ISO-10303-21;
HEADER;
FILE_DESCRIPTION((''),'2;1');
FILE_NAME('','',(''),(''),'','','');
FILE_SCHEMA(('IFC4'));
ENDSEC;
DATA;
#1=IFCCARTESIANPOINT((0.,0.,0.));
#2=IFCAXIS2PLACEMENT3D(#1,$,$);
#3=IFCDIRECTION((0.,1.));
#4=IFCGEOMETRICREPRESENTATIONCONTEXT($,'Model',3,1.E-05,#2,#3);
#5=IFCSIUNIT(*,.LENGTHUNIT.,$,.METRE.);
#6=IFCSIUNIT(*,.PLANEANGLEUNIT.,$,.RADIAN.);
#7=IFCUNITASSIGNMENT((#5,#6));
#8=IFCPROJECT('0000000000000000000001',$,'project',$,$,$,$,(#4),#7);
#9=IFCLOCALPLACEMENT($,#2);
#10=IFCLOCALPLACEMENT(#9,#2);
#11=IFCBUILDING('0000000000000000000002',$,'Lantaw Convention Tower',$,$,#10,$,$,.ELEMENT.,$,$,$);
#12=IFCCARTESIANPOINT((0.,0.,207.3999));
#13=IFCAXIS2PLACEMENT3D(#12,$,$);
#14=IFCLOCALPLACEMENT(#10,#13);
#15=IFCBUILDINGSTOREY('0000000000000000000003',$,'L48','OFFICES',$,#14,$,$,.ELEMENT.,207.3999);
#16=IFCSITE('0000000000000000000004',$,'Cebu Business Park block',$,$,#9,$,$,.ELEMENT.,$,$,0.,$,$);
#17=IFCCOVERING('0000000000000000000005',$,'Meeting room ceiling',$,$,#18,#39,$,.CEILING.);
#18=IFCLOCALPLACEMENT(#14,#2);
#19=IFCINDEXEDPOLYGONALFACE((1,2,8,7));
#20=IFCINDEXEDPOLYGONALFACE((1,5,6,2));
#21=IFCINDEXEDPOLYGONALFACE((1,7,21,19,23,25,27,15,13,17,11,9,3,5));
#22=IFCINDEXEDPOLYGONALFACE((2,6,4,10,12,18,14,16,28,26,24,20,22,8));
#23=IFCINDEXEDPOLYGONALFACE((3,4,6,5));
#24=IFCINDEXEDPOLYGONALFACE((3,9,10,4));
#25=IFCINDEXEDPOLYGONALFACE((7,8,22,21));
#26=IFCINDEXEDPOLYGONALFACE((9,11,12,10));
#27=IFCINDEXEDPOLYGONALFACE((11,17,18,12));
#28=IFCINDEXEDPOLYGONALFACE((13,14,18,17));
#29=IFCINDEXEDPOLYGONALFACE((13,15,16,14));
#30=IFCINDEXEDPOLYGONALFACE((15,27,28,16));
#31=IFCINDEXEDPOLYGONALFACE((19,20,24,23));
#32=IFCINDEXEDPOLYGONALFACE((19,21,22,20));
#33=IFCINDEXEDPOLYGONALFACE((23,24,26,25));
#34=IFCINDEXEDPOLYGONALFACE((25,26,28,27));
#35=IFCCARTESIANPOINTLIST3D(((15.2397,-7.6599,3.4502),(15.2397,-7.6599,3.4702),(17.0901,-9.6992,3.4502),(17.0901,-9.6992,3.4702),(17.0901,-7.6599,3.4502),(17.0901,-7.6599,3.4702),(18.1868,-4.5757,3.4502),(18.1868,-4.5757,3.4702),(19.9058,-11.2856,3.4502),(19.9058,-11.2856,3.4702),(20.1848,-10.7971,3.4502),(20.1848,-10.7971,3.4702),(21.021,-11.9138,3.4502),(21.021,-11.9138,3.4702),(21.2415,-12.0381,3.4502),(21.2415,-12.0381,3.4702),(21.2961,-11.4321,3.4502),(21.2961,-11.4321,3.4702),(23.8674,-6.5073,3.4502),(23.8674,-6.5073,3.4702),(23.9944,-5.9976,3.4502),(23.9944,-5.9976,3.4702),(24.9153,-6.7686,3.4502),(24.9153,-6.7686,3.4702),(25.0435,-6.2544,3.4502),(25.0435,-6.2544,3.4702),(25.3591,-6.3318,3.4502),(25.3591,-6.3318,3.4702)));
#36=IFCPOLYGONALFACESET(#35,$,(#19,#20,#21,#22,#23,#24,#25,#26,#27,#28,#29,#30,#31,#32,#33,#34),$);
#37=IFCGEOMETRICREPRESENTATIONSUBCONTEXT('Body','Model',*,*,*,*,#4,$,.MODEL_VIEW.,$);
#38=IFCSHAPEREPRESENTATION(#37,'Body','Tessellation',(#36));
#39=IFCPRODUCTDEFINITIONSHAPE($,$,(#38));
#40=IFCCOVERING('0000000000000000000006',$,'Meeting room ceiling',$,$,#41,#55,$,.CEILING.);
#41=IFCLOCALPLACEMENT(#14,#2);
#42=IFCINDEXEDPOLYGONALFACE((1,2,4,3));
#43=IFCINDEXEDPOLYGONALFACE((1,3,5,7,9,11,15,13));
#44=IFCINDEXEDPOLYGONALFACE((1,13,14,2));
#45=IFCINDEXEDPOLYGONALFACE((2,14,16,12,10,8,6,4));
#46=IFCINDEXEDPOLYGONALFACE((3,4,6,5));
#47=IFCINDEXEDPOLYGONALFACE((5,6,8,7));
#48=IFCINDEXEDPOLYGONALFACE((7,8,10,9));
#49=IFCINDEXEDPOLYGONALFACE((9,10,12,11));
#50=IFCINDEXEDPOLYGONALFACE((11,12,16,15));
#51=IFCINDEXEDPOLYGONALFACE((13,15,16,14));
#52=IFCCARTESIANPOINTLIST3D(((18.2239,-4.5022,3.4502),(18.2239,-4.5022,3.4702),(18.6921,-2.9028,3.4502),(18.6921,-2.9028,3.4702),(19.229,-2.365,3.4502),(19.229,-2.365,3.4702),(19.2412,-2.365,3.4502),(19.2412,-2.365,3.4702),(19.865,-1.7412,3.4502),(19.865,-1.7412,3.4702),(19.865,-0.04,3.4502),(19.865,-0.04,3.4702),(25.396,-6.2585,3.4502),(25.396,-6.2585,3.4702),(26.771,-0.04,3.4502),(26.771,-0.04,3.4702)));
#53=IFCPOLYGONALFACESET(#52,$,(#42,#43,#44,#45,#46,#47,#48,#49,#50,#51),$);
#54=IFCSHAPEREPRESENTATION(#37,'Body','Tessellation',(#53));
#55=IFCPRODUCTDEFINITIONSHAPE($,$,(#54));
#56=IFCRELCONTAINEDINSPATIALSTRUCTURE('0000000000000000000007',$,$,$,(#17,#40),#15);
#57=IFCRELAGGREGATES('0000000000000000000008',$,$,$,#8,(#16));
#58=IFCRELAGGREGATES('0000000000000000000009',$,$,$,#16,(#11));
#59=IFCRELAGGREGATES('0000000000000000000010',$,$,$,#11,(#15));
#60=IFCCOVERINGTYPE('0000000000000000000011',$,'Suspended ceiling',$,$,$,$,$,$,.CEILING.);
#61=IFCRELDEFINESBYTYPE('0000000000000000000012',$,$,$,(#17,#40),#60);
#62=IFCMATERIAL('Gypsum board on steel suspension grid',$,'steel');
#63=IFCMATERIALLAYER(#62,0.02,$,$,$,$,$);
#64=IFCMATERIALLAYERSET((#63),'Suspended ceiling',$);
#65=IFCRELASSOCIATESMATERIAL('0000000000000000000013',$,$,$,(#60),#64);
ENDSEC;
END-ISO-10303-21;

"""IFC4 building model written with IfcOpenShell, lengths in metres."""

from ifc_helpers import new_model, si_unit, direction, frame, origin, place, context, subcontext, project, spatial, polyline, outline, extrude, material, layer, layer_set, type_object, element, save


model = new_model("IFC4")

# Units and contexts
model_context = context("Model", 3, precision=1e-05, world=origin(), true_north=direction((0.0, 1.0)))
body_context = subcontext(model_context, "Body", "Model", "MODEL_VIEW")
ifc_project = project(units=[si_unit("LENGTHUNIT", "METRE"), si_unit("PLANEANGLEUNIT", "RADIAN")], contexts=[model_context])

# Site, building, storey
site_placement = place(None, origin())
site = spatial("IfcSite", under=ifc_project, at=site_placement, Name="Cebu Business Park block", CompositionType="ELEMENT", RefElevation=0.0)
building_placement = place(site_placement, origin())
building = spatial("IfcBuilding", under=site, at=building_placement, Name="Lantaw Convention Tower", CompositionType="ELEMENT")
storey_placement = place(building_placement, frame((0.0, 0.0, 207.3999)))
storey = spatial("IfcBuildingStorey", under=building, at=storey_placement, Name="L48", Description="OFFICES", CompositionType="ELEMENT", Elevation=207.3999)

# Coverings
ifc_material_1 = material(Name="Gypsum board on steel suspension grid", Category="steel")
ifc_layer_1 = layer(ifc_material_1, 0.02)
ifc_layer_set_1 = layer_set([ifc_layer_1], Name="Suspended ceiling")
covering_type = type_object("IfcCoveringType", Name="Suspended ceiling", PredefinedType="CEILING", material=ifc_layer_set_1)
covering_1_placement = place(storey_placement, frame((0.0, 0.0, 3.4502)))
element("IfcCovering", 1, at=covering_1_placement, inside=storey, type_object=covering_type, Name="Meeting room ceiling", PredefinedType="CEILING", context=body_context, shape_type="SweptSolid", body=[
    extrude(outline(polyline([(18.1868, -4.5757), (15.2397, -7.6599), (17.0901, -7.6599), (17.0901, -9.6992), (19.9058, -11.2856), (20.1848, -10.7971), (21.2961, -11.4321), (21.021, -11.9138), (21.2415, -12.0381), (25.3591, -6.3318), (25.0435, -6.2544), (24.9153, -6.7686), (23.8674, -6.5073), (23.9944, -5.9976), (18.1868, -4.5757)])), origin(), (0.0, 0.0, 1.0), 0.02),
])
covering_2_placement = place(storey_placement, frame((0.0, 0.0, 3.4502)))
element("IfcCovering", 2, at=covering_2_placement, inside=storey, type_object=covering_type, Name="Meeting room ceiling", PredefinedType="CEILING", context=body_context, shape_type="SweptSolid", body=[
    extrude(outline(polyline([(19.229, -2.365), (18.6921, -2.9028), (18.2239, -4.5022), (25.396, -6.2585), (26.771, -0.04), (19.865, -0.04), (19.865, -1.7412), (19.2412, -2.365), (19.229, -2.365)])), origin(), (0.0, 0.0, 1.0), 0.02),
])

save(model, "model.ifc")
